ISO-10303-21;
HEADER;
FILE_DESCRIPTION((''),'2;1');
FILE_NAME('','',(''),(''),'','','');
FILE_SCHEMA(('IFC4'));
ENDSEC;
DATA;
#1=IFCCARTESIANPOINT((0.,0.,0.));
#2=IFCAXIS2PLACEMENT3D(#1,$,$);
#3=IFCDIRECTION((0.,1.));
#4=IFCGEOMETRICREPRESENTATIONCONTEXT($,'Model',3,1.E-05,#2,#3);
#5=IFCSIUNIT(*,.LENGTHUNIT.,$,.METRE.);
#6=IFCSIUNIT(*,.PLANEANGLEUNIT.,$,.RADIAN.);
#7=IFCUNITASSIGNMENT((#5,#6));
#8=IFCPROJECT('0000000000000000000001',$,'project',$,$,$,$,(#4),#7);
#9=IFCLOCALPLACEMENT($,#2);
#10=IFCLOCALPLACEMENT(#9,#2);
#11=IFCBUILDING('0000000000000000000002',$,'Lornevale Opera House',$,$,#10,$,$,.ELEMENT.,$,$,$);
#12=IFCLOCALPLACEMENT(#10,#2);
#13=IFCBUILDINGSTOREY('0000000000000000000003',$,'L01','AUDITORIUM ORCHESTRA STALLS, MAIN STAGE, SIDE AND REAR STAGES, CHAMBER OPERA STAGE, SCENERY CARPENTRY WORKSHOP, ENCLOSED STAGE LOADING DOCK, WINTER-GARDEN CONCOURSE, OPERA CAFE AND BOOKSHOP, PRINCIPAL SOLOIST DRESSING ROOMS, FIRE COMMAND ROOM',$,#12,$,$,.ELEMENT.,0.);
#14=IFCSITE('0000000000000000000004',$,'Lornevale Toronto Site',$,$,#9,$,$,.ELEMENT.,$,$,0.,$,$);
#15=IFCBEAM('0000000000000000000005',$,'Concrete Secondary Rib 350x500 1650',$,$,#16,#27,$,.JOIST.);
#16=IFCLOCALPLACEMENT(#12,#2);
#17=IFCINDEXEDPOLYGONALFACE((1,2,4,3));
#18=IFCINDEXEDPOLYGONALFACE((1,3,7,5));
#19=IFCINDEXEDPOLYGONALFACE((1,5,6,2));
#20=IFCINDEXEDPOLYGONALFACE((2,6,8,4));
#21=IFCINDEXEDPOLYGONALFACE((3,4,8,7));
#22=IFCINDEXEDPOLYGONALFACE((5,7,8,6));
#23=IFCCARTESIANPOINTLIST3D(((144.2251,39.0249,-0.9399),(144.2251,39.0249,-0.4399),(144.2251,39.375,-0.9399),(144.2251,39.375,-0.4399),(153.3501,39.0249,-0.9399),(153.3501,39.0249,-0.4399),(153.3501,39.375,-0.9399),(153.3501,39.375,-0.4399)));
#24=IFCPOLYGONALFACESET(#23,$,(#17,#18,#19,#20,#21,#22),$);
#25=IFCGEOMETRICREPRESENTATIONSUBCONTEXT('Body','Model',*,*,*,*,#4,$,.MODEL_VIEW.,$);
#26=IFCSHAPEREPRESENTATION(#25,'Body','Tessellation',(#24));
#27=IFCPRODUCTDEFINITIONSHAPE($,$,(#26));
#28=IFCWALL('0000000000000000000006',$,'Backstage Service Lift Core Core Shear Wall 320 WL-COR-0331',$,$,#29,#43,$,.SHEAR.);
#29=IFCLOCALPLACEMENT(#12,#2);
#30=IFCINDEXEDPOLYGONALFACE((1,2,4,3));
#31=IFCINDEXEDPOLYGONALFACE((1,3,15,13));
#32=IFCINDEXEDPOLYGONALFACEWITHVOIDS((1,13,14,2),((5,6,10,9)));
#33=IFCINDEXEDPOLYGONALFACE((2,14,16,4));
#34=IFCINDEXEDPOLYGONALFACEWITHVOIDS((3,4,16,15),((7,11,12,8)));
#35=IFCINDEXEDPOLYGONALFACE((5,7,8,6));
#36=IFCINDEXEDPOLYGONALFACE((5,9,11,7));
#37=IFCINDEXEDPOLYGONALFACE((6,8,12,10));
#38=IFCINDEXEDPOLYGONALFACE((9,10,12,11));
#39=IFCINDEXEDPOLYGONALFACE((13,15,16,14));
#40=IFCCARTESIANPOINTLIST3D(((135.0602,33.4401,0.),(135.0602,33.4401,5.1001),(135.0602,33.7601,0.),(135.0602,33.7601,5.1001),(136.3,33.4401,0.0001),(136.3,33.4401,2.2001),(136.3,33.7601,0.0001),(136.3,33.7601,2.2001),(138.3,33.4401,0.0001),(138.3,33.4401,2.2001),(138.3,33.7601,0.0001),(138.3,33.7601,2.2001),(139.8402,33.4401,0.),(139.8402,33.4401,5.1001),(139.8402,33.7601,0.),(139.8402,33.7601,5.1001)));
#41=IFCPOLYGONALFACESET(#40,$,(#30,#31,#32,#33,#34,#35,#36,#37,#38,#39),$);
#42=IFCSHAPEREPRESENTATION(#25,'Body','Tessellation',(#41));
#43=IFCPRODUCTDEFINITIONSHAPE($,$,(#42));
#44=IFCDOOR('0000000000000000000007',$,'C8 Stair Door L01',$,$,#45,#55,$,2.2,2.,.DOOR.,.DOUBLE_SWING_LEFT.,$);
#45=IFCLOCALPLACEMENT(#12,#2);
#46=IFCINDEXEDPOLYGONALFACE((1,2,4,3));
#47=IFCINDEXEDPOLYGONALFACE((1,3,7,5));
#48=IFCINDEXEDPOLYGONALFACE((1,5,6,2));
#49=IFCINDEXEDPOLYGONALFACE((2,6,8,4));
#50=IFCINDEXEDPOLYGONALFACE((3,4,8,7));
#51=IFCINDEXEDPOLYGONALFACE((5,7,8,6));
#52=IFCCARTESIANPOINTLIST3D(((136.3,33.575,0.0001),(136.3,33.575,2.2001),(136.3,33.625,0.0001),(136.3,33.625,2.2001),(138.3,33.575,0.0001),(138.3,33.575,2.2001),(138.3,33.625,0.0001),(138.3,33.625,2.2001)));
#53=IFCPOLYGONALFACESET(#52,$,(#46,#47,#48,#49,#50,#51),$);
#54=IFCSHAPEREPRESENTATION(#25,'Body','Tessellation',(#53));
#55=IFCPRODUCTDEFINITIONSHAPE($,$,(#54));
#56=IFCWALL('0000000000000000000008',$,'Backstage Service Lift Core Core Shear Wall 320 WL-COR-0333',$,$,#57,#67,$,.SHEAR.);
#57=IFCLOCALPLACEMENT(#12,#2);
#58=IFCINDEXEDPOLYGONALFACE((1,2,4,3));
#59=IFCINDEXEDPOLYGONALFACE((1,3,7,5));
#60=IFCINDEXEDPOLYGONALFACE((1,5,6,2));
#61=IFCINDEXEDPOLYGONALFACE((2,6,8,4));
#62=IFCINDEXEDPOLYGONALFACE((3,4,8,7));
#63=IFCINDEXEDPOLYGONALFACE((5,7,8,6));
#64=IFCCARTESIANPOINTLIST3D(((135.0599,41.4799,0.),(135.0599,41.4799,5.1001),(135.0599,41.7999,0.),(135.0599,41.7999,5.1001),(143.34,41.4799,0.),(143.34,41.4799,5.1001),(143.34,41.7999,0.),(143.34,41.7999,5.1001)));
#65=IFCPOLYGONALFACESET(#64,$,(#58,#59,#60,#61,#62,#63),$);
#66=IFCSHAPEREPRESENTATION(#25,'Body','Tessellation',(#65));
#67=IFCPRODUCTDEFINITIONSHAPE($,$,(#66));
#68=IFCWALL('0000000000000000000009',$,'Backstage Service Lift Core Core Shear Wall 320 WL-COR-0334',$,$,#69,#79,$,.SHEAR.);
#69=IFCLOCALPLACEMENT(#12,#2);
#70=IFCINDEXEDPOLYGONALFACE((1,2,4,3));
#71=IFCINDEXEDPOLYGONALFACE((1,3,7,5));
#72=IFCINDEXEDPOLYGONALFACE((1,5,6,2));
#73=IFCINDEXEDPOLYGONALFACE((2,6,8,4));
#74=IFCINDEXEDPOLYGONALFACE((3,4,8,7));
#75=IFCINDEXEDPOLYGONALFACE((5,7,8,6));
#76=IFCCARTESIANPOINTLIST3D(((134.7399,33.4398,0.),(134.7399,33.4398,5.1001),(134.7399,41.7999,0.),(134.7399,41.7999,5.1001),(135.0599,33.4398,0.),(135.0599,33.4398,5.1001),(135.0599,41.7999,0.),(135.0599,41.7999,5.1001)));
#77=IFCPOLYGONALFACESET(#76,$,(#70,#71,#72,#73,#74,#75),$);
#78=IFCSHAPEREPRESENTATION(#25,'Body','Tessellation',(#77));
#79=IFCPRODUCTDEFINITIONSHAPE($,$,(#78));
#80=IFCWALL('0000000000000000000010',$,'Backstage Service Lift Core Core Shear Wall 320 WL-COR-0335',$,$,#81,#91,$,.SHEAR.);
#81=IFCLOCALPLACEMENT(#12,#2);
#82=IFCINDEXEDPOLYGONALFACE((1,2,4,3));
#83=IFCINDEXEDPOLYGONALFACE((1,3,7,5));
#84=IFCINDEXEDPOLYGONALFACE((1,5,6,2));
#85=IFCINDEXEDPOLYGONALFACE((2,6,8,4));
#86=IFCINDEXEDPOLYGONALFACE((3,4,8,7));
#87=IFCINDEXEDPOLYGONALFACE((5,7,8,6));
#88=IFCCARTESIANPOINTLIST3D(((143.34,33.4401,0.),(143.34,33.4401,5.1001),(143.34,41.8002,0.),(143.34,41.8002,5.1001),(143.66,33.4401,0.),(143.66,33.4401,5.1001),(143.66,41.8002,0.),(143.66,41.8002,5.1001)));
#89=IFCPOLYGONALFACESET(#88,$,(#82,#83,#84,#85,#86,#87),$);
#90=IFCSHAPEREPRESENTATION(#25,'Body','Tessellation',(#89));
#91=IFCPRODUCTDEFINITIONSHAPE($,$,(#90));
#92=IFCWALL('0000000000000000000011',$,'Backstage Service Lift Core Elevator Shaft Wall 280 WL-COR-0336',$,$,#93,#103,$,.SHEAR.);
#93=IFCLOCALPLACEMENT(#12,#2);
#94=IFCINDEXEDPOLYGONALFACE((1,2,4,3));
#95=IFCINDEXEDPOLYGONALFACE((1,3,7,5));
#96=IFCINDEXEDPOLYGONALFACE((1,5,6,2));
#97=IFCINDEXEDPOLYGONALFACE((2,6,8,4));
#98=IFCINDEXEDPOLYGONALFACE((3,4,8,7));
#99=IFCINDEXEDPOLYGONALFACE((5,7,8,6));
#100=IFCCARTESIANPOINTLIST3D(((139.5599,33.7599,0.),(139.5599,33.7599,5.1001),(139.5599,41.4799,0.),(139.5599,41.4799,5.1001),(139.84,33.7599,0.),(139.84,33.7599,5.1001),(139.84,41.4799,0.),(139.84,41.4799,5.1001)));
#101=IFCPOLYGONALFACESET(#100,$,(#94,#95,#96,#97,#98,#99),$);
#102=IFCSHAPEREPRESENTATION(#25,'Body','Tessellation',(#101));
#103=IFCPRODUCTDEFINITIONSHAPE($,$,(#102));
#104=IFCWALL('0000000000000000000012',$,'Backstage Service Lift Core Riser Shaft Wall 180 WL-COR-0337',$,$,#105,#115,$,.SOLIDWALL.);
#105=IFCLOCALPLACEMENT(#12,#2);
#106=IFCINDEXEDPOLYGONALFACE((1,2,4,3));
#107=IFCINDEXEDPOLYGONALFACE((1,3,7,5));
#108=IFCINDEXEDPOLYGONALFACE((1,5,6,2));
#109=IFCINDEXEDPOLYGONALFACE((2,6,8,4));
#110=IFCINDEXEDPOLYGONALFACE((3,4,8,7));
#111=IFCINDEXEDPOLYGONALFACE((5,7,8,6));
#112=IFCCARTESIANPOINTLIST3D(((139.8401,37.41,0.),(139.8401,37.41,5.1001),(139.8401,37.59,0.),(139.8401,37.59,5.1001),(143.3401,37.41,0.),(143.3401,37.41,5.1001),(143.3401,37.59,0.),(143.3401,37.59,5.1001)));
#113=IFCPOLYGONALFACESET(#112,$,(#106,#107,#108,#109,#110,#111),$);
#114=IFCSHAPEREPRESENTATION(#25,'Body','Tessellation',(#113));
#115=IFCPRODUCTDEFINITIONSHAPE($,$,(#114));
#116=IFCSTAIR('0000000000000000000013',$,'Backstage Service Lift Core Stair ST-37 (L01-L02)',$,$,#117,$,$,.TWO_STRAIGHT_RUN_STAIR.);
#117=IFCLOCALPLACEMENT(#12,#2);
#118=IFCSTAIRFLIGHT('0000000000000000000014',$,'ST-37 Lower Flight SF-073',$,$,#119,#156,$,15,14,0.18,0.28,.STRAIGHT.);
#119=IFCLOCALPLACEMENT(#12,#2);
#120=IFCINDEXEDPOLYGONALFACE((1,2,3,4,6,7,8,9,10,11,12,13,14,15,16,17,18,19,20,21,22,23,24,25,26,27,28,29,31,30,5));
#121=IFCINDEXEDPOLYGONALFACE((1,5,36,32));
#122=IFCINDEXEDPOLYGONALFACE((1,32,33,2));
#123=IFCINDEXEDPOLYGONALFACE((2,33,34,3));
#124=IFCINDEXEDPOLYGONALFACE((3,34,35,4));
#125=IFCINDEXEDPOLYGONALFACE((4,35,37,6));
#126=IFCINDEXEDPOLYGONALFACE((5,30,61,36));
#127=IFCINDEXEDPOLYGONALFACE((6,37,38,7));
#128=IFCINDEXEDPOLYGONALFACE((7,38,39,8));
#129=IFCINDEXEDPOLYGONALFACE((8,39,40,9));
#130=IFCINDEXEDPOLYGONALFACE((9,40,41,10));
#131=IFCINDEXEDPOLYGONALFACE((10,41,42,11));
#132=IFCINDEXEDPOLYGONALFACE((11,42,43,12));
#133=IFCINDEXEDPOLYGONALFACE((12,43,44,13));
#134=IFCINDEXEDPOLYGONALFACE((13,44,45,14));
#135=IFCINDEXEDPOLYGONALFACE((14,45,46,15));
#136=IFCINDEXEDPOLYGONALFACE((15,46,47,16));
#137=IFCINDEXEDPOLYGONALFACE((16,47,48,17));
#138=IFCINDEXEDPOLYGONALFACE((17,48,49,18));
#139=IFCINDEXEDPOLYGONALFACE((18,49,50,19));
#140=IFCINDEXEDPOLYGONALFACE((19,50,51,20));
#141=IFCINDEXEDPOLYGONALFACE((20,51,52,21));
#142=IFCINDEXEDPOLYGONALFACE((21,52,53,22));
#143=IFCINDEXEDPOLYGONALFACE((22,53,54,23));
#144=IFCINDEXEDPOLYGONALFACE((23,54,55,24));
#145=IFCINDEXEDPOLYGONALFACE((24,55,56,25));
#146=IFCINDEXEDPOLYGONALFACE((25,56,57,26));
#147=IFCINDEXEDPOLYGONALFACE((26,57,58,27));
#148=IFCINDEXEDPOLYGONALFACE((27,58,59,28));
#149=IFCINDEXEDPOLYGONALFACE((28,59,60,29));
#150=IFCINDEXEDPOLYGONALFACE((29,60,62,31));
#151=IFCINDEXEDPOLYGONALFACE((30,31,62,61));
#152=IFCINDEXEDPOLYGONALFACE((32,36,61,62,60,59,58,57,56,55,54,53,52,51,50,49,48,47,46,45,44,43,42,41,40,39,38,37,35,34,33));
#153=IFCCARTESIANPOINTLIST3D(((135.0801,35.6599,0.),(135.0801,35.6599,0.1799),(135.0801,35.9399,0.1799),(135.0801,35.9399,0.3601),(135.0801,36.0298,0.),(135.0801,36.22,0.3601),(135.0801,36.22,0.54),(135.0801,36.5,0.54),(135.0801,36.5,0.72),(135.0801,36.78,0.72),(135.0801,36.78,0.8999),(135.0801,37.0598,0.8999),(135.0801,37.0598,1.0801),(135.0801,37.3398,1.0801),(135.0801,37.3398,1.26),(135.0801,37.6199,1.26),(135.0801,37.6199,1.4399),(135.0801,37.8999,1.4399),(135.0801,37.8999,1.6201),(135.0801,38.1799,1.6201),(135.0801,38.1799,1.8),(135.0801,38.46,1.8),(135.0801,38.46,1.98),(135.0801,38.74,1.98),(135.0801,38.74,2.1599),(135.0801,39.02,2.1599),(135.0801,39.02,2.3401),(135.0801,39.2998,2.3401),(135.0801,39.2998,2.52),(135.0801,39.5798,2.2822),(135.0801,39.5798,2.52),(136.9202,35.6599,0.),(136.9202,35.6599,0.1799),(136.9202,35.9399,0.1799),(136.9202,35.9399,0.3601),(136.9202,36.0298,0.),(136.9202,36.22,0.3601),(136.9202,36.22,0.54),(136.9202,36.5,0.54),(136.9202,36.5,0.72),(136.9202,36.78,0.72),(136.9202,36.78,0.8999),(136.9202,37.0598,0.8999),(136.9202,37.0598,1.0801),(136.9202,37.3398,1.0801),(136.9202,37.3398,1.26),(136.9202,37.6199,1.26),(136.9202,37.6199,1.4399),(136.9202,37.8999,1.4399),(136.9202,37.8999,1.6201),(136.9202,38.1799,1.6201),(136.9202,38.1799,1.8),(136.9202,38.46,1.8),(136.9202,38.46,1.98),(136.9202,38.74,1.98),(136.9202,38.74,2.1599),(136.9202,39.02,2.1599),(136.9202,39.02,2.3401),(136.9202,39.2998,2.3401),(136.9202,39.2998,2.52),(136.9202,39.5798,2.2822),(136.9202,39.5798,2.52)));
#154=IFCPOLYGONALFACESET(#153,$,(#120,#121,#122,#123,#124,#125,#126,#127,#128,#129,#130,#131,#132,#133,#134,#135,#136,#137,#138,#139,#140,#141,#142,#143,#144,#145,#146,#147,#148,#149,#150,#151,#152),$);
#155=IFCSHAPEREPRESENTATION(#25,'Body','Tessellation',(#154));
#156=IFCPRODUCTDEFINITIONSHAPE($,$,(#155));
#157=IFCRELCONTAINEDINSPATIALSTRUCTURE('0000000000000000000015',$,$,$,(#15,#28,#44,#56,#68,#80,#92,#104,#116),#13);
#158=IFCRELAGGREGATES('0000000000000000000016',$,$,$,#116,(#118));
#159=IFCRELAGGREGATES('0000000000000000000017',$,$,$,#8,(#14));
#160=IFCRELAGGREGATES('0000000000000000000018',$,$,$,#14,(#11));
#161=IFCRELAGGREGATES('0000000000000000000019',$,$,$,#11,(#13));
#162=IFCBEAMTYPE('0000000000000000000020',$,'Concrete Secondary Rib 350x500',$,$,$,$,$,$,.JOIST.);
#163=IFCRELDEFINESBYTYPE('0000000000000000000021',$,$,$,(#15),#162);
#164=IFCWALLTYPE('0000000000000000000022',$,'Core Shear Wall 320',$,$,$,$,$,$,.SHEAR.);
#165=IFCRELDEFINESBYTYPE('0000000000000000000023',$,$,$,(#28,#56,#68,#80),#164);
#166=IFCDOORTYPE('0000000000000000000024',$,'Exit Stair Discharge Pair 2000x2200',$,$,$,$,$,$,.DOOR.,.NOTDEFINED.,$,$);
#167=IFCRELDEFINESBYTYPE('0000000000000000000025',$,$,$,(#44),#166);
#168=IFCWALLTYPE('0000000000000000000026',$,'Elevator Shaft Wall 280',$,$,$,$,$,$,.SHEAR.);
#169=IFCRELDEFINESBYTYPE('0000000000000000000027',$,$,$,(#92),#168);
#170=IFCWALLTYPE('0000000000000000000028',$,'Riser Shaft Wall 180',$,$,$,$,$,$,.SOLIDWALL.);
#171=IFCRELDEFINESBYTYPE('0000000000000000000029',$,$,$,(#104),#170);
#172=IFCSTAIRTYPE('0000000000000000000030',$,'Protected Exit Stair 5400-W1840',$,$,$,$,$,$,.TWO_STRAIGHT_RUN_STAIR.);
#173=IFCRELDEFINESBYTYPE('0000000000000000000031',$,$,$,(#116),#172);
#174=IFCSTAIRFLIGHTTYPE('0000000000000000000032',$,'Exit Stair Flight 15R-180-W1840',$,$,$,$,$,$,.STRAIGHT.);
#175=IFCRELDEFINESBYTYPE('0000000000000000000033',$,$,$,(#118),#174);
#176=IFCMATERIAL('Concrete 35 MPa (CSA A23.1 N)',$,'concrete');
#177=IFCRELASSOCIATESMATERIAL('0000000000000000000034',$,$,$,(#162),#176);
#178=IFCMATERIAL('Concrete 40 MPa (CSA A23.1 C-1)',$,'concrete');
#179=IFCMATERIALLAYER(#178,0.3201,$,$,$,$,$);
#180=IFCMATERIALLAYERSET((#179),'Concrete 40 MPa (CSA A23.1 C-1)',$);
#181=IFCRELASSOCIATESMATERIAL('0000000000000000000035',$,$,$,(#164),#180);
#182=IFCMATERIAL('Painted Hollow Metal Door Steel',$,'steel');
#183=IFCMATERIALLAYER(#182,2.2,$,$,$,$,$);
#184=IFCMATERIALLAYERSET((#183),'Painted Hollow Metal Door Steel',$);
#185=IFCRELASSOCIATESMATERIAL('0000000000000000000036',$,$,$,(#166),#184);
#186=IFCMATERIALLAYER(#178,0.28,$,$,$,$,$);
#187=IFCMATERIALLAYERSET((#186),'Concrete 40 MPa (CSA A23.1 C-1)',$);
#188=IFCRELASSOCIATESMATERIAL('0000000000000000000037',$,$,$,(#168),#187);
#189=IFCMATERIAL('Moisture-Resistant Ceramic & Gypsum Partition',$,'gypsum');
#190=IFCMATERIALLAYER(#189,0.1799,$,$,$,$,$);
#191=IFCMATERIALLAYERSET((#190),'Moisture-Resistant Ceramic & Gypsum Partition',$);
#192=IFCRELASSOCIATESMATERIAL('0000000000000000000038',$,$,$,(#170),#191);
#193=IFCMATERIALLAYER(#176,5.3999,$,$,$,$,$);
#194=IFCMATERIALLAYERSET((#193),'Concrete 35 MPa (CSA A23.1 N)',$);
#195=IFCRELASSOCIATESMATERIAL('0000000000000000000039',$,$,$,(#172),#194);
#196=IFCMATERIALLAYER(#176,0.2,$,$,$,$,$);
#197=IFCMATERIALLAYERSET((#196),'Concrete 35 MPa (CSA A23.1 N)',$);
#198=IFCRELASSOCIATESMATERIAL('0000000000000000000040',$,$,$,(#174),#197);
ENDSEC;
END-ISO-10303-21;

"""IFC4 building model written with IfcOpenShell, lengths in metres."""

from ifc_helpers import new_model, si_unit, direction, frame, frame_2d, origin, origin_2d, place, context, subcontext, project, spatial, polyline, rectangle, outline, extrude, material, layer, layer_set, material_profile, profile_set, type_object, element, fill, aggregate, save


model = new_model("IFC4")

# Units and contexts
model_context = context("Model", 3, precision=1e-05, world=origin(), true_north=direction((0.0, 1.0)))
body_context = subcontext(model_context, "Body", "Model", "MODEL_VIEW")
ifc_project = project(units=[si_unit("LENGTHUNIT", "METRE"), si_unit("PLANEANGLEUNIT", "RADIAN")], contexts=[model_context])

# Site, building, storey
site_placement = place(None, origin())
site = spatial("IfcSite", under=ifc_project, at=site_placement, Name="Lornevale Toronto Site", CompositionType="ELEMENT", RefElevation=0.0)
building_placement = place(site_placement, origin())
building = spatial("IfcBuilding", under=site, at=building_placement, Name="Lornevale Opera House", CompositionType="ELEMENT")
storey_placement = place(building_placement, origin())
storey = spatial("IfcBuildingStorey", under=building, at=storey_placement, Name="L01", Description="AUDITORIUM ORCHESTRA STALLS, MAIN STAGE, SIDE AND REAR STAGES, CHAMBER OPERA STAGE, SCENERY CARPENTRY WORKSHOP, ENCLOSED STAGE LOADING DOCK, WINTER-GARDEN CONCOURSE, OPERA CAFE AND BOOKSHOP, PRINCIPAL SOLOIST DRESSING ROOMS, FIRE COMMAND ROOM", CompositionType="ELEMENT", Elevation=0.0)

# Shared definitions
ifc_material_1 = material(Name="Concrete 40 MPa (CSA A23.1 C-1)", Category="concrete")

# Beam
ifc_material_2 = material(Name="Concrete 35 MPa (CSA A23.1 N)", Category="concrete")
ifc_material_profile_1 = material_profile(ifc_material_2, rectangle(XDim=0.3501, YDim=0.5, at=origin_2d()), Name="RC350x500")
ifc_profile_set_1 = profile_set([ifc_material_profile_1], Name="Concrete 35 MPa (CSA A23.1 N)")
beam_type_1 = type_object("IfcBeamType", Name="Concrete Secondary Rib 350x500", PredefinedType="JOIST", material=ifc_profile_set_1)
for number, where, z_axis, x_axis, name in (
    (1, (144.2251, 39.2, -0.6899), (1.0, 0.0, 0.0), (0.0, 1.0, 0.0), "Concrete Secondary Rib 350x500 1650"),
):
    element("IfcBeam", number, at=place(storey_placement, frame(where, z_axis=z_axis, x_axis=x_axis)), inside=storey, type_object=beam_type_1, Name=name, PredefinedType="JOIST", context=body_context, shape_type="SweptSolid", body=[
        extrude(rectangle(XDim=0.3501, YDim=0.5, at=origin_2d()), origin(), (0.0, 0.0, 1.0), 9.125),
    ])

# Wall, opening, door
ifc_layer_1 = layer(ifc_material_1, 0.3201)
ifc_layer_set_1 = layer_set([ifc_layer_1], Name="Concrete 40 MPa (CSA A23.1 C-1)")
wall_type_1 = type_object("IfcWallType", Name="Core Shear Wall 320", PredefinedType="SHEAR", material=ifc_layer_set_1)
wall_1_placement = place(storey_placement, frame((135.0601, 33.6001, 0.0), z_axis=(0.0, 0.0, 1.0), x_axis=(1.0, 0.0, 0.0)))
wall_1 = element("IfcWall", 2, at=wall_1_placement, inside=storey, type_object=wall_type_1, Name="Backstage Service Lift Core Core Shear Wall 320 WL-COR-0331", PredefinedType="SHEAR", context=body_context, shape_type="SweptSolid", body=[
    extrude(rectangle(XDim=4.78, YDim=0.3201, at=frame_2d((2.3901, 0.0))), origin(), (0.0, 0.0, 1.0), 5.1001),
])
opening_1_placement = place(wall_1_placement, frame((1.24, 0.0, 0.0)))
opening_1 = element("IfcOpeningElement", 3, at=opening_1_placement, cuts=wall_1, PredefinedType="OPENING", context=body_context, shape_type="SweptSolid", body=[
    extrude(rectangle(XDim=2.0, YDim=2.2, at=frame_2d((1.0, 1.1001))), frame((0.0, 0.1699, 0.0), z_axis=(0.0, -1.0, 0.0), x_axis=(1.0, 0.0, 0.0)), (0.0, 0.0, 1.0), 0.3401),
])
ifc_material_3 = material(Name="Painted Hollow Metal Door Steel", Category="steel")
ifc_layer_2 = layer(ifc_material_3, 2.2)
ifc_layer_set_2 = layer_set([ifc_layer_2], Name="Painted Hollow Metal Door Steel")
door_type_1 = type_object("IfcDoorType", Name="Exit Stair Discharge Pair 2000x2200", OperationType="NOTDEFINED", PredefinedType="DOOR", material=ifc_layer_set_2)
door_1_placement = place(opening_1_placement, origin())
door_1 = element("IfcDoor", 4, at=door_1_placement, inside=storey, type_object=door_type_1, Name="C8 Stair Door L01", OperationType="DOUBLE_SWING_LEFT", OverallHeight=2.2, OverallWidth=2.0, PredefinedType="DOOR", context=body_context, shape_type="SweptSolid", body=[
    extrude(rectangle(XDim=2.0, YDim=2.2, at=frame_2d((1.0, 1.1001))), frame((0.0, 0.0249, 0.0), z_axis=(0.0, -1.0, 0.0), x_axis=(1.0, 0.0, 0.0)), (0.0, 0.0, 1.0), 0.05),
])
fill(opening_1, door_1)

# Walls
wall_2_placement = place(storey_placement, frame((143.3401, 41.6399, 0.0), z_axis=(0.0, 0.0, 1.0), x_axis=(-1.0, 0.0, 0.0)))
element("IfcWall", 5, at=wall_2_placement, inside=storey, type_object=wall_type_1, Name="Backstage Service Lift Core Core Shear Wall 320 WL-COR-0333", PredefinedType="SHEAR", context=body_context, shape_type="SweptSolid", body=[
    extrude(rectangle(XDim=8.28, YDim=0.3201, at=frame_2d((4.1401, 0.0))), origin(), (0.0, 0.0, 1.0), 5.1001),
])
for number, where, z_axis, x_axis, name in (
    (6, (134.8999, 41.8, 0.0), (0.0, 0.0, 1.0), (0.0, -1.0, 0.0), "Backstage Service Lift Core Core Shear Wall 320 WL-COR-0334"),
    (7, (143.5, 33.4399, 0.0), (0.0, 0.0, 1.0), (0.0, 1.0, 0.0), "Backstage Service Lift Core Core Shear Wall 320 WL-COR-0335"),
):
    element("IfcWall", number, at=place(storey_placement, frame(where, z_axis=z_axis, x_axis=x_axis)), inside=storey, type_object=wall_type_1, Name=name, PredefinedType="SHEAR", context=body_context, shape_type="SweptSolid", body=[
        extrude(rectangle(XDim=8.3601, YDim=0.3201, at=frame_2d((4.1802, 0.0))), origin(), (0.0, 0.0, 1.0), 5.1001),
    ])

# Shared definitions
ifc_layer_3 = layer(ifc_material_1, 0.28)
ifc_layer_set_3 = layer_set([ifc_layer_3], Name="Concrete 40 MPa (CSA A23.1 C-1)")
wall_type_2 = type_object("IfcWallType", Name="Elevator Shaft Wall 280", PredefinedType="SHEAR", material=ifc_layer_set_3)

# Walls
wall_3_placement = place(storey_placement, frame((139.7, 33.76, 0.0), z_axis=(0.0, 0.0, 1.0), x_axis=(0.0, 1.0, 0.0)))
element("IfcWall", 8, at=wall_3_placement, inside=storey, type_object=wall_type_2, Name="Backstage Service Lift Core Elevator Shaft Wall 280 WL-COR-0336", PredefinedType="SHEAR", context=body_context, shape_type="SweptSolid", body=[
    extrude(rectangle(XDim=7.72, YDim=0.28, at=frame_2d((3.8599, 0.0))), origin(), (0.0, 0.0, 1.0), 5.1001),
])
ifc_material_4 = material(Name="Moisture-Resistant Ceramic & Gypsum Partition", Category="gypsum")
ifc_layer_4 = layer(ifc_material_4, 0.1799)
ifc_layer_set_4 = layer_set([ifc_layer_4], Name="Moisture-Resistant Ceramic & Gypsum Partition")
wall_type_3 = type_object("IfcWallType", Name="Riser Shaft Wall 180", PredefinedType="SOLIDWALL", material=ifc_layer_set_4)
wall_4_placement = place(storey_placement, frame((139.8401, 37.5, 0.0), z_axis=(0.0, 0.0, 1.0), x_axis=(1.0, 0.0, 0.0)))
element("IfcWall", 9, at=wall_4_placement, inside=storey, type_object=wall_type_3, Name="Backstage Service Lift Core Riser Shaft Wall 180 WL-COR-0337", PredefinedType="SOLIDWALL", context=body_context, shape_type="SweptSolid", body=[
    extrude(rectangle(XDim=3.5, YDim=0.1799, at=frame_2d((1.75, 0.0))), origin(), (0.0, 0.0, 1.0), 5.1001),
])

# Stair, stair flight
ifc_layer_5 = layer(ifc_material_2, 5.3999)
ifc_layer_set_5 = layer_set([ifc_layer_5], Name="Concrete 35 MPa (CSA A23.1 N)")
stair_type = type_object("IfcStairType", Name="Protected Exit Stair 5400-W1840", PredefinedType="TWO_STRAIGHT_RUN_STAIR", material=ifc_layer_set_5)
stair_placement = place(storey_placement, origin())
stair = element("IfcStair", 10, at=stair_placement, inside=storey, type_object=stair_type, Name="Backstage Service Lift Core Stair ST-37 (L01-L02)", PredefinedType="TWO_STRAIGHT_RUN_STAIR")
ifc_layer_6 = layer(ifc_material_2, 0.2)
ifc_layer_set_6 = layer_set([ifc_layer_6], Name="Concrete 35 MPa (CSA A23.1 N)")
stair_flight_type = type_object("IfcStairFlightType", Name="Exit Stair Flight 15R-180-W1840", PredefinedType="STRAIGHT", material=ifc_layer_set_6)
stair_flight_1_placement = place(storey_placement, frame((136.0, 35.6599, 0.0), z_axis=(0.0, 0.0, 1.0), x_axis=(0.0, 1.0, 0.0)))
stair_flight_1 = element("IfcStairFlight", 11, at=stair_flight_1_placement, type_object=stair_flight_type, Name="ST-37 Lower Flight SF-073", NumberOfRisers=15, NumberOfTreads=14, PredefinedType="STRAIGHT", RiserHeight=0.18, TreadLength=0.28, context=body_context, shape_type="SweptSolid", body=[
    extrude(outline(polyline([(0.0, 0.0), (0.0, 0.1799), (0.28, 0.1799), (0.28, 0.3601), (0.5601, 0.3601), (0.5601, 0.54), (0.8401, 0.54), (0.8401, 0.72), (1.1201, 0.72), (1.1201, 0.8999), (1.3999, 0.8999), (1.3999, 1.0801), (1.6799, 1.0801), (1.6799, 1.26), (1.96, 1.26), (1.96, 1.4399), (2.24, 1.4399), (2.24, 1.6201), (2.52, 1.6201), (2.52, 1.8), (2.8, 1.8), (2.8, 1.98), (3.0801, 1.98), (3.0801, 2.1599), (3.3601, 2.1599), (3.3601, 2.3401), (3.6399, 2.3401), (3.6399, 2.52), (3.9199, 2.52), (3.9199, 2.2822), (0.3699, 0.0), (0.0, 0.0)])), frame((0.0, 0.9199, 0.0), z_axis=(0.0, -1.0, 0.0), x_axis=(1.0, 0.0, 0.0)), (0.0, 0.0, 1.0), 1.8401),
])
aggregate(stair, [stair_flight_1])

save(model, "model.ifc")
